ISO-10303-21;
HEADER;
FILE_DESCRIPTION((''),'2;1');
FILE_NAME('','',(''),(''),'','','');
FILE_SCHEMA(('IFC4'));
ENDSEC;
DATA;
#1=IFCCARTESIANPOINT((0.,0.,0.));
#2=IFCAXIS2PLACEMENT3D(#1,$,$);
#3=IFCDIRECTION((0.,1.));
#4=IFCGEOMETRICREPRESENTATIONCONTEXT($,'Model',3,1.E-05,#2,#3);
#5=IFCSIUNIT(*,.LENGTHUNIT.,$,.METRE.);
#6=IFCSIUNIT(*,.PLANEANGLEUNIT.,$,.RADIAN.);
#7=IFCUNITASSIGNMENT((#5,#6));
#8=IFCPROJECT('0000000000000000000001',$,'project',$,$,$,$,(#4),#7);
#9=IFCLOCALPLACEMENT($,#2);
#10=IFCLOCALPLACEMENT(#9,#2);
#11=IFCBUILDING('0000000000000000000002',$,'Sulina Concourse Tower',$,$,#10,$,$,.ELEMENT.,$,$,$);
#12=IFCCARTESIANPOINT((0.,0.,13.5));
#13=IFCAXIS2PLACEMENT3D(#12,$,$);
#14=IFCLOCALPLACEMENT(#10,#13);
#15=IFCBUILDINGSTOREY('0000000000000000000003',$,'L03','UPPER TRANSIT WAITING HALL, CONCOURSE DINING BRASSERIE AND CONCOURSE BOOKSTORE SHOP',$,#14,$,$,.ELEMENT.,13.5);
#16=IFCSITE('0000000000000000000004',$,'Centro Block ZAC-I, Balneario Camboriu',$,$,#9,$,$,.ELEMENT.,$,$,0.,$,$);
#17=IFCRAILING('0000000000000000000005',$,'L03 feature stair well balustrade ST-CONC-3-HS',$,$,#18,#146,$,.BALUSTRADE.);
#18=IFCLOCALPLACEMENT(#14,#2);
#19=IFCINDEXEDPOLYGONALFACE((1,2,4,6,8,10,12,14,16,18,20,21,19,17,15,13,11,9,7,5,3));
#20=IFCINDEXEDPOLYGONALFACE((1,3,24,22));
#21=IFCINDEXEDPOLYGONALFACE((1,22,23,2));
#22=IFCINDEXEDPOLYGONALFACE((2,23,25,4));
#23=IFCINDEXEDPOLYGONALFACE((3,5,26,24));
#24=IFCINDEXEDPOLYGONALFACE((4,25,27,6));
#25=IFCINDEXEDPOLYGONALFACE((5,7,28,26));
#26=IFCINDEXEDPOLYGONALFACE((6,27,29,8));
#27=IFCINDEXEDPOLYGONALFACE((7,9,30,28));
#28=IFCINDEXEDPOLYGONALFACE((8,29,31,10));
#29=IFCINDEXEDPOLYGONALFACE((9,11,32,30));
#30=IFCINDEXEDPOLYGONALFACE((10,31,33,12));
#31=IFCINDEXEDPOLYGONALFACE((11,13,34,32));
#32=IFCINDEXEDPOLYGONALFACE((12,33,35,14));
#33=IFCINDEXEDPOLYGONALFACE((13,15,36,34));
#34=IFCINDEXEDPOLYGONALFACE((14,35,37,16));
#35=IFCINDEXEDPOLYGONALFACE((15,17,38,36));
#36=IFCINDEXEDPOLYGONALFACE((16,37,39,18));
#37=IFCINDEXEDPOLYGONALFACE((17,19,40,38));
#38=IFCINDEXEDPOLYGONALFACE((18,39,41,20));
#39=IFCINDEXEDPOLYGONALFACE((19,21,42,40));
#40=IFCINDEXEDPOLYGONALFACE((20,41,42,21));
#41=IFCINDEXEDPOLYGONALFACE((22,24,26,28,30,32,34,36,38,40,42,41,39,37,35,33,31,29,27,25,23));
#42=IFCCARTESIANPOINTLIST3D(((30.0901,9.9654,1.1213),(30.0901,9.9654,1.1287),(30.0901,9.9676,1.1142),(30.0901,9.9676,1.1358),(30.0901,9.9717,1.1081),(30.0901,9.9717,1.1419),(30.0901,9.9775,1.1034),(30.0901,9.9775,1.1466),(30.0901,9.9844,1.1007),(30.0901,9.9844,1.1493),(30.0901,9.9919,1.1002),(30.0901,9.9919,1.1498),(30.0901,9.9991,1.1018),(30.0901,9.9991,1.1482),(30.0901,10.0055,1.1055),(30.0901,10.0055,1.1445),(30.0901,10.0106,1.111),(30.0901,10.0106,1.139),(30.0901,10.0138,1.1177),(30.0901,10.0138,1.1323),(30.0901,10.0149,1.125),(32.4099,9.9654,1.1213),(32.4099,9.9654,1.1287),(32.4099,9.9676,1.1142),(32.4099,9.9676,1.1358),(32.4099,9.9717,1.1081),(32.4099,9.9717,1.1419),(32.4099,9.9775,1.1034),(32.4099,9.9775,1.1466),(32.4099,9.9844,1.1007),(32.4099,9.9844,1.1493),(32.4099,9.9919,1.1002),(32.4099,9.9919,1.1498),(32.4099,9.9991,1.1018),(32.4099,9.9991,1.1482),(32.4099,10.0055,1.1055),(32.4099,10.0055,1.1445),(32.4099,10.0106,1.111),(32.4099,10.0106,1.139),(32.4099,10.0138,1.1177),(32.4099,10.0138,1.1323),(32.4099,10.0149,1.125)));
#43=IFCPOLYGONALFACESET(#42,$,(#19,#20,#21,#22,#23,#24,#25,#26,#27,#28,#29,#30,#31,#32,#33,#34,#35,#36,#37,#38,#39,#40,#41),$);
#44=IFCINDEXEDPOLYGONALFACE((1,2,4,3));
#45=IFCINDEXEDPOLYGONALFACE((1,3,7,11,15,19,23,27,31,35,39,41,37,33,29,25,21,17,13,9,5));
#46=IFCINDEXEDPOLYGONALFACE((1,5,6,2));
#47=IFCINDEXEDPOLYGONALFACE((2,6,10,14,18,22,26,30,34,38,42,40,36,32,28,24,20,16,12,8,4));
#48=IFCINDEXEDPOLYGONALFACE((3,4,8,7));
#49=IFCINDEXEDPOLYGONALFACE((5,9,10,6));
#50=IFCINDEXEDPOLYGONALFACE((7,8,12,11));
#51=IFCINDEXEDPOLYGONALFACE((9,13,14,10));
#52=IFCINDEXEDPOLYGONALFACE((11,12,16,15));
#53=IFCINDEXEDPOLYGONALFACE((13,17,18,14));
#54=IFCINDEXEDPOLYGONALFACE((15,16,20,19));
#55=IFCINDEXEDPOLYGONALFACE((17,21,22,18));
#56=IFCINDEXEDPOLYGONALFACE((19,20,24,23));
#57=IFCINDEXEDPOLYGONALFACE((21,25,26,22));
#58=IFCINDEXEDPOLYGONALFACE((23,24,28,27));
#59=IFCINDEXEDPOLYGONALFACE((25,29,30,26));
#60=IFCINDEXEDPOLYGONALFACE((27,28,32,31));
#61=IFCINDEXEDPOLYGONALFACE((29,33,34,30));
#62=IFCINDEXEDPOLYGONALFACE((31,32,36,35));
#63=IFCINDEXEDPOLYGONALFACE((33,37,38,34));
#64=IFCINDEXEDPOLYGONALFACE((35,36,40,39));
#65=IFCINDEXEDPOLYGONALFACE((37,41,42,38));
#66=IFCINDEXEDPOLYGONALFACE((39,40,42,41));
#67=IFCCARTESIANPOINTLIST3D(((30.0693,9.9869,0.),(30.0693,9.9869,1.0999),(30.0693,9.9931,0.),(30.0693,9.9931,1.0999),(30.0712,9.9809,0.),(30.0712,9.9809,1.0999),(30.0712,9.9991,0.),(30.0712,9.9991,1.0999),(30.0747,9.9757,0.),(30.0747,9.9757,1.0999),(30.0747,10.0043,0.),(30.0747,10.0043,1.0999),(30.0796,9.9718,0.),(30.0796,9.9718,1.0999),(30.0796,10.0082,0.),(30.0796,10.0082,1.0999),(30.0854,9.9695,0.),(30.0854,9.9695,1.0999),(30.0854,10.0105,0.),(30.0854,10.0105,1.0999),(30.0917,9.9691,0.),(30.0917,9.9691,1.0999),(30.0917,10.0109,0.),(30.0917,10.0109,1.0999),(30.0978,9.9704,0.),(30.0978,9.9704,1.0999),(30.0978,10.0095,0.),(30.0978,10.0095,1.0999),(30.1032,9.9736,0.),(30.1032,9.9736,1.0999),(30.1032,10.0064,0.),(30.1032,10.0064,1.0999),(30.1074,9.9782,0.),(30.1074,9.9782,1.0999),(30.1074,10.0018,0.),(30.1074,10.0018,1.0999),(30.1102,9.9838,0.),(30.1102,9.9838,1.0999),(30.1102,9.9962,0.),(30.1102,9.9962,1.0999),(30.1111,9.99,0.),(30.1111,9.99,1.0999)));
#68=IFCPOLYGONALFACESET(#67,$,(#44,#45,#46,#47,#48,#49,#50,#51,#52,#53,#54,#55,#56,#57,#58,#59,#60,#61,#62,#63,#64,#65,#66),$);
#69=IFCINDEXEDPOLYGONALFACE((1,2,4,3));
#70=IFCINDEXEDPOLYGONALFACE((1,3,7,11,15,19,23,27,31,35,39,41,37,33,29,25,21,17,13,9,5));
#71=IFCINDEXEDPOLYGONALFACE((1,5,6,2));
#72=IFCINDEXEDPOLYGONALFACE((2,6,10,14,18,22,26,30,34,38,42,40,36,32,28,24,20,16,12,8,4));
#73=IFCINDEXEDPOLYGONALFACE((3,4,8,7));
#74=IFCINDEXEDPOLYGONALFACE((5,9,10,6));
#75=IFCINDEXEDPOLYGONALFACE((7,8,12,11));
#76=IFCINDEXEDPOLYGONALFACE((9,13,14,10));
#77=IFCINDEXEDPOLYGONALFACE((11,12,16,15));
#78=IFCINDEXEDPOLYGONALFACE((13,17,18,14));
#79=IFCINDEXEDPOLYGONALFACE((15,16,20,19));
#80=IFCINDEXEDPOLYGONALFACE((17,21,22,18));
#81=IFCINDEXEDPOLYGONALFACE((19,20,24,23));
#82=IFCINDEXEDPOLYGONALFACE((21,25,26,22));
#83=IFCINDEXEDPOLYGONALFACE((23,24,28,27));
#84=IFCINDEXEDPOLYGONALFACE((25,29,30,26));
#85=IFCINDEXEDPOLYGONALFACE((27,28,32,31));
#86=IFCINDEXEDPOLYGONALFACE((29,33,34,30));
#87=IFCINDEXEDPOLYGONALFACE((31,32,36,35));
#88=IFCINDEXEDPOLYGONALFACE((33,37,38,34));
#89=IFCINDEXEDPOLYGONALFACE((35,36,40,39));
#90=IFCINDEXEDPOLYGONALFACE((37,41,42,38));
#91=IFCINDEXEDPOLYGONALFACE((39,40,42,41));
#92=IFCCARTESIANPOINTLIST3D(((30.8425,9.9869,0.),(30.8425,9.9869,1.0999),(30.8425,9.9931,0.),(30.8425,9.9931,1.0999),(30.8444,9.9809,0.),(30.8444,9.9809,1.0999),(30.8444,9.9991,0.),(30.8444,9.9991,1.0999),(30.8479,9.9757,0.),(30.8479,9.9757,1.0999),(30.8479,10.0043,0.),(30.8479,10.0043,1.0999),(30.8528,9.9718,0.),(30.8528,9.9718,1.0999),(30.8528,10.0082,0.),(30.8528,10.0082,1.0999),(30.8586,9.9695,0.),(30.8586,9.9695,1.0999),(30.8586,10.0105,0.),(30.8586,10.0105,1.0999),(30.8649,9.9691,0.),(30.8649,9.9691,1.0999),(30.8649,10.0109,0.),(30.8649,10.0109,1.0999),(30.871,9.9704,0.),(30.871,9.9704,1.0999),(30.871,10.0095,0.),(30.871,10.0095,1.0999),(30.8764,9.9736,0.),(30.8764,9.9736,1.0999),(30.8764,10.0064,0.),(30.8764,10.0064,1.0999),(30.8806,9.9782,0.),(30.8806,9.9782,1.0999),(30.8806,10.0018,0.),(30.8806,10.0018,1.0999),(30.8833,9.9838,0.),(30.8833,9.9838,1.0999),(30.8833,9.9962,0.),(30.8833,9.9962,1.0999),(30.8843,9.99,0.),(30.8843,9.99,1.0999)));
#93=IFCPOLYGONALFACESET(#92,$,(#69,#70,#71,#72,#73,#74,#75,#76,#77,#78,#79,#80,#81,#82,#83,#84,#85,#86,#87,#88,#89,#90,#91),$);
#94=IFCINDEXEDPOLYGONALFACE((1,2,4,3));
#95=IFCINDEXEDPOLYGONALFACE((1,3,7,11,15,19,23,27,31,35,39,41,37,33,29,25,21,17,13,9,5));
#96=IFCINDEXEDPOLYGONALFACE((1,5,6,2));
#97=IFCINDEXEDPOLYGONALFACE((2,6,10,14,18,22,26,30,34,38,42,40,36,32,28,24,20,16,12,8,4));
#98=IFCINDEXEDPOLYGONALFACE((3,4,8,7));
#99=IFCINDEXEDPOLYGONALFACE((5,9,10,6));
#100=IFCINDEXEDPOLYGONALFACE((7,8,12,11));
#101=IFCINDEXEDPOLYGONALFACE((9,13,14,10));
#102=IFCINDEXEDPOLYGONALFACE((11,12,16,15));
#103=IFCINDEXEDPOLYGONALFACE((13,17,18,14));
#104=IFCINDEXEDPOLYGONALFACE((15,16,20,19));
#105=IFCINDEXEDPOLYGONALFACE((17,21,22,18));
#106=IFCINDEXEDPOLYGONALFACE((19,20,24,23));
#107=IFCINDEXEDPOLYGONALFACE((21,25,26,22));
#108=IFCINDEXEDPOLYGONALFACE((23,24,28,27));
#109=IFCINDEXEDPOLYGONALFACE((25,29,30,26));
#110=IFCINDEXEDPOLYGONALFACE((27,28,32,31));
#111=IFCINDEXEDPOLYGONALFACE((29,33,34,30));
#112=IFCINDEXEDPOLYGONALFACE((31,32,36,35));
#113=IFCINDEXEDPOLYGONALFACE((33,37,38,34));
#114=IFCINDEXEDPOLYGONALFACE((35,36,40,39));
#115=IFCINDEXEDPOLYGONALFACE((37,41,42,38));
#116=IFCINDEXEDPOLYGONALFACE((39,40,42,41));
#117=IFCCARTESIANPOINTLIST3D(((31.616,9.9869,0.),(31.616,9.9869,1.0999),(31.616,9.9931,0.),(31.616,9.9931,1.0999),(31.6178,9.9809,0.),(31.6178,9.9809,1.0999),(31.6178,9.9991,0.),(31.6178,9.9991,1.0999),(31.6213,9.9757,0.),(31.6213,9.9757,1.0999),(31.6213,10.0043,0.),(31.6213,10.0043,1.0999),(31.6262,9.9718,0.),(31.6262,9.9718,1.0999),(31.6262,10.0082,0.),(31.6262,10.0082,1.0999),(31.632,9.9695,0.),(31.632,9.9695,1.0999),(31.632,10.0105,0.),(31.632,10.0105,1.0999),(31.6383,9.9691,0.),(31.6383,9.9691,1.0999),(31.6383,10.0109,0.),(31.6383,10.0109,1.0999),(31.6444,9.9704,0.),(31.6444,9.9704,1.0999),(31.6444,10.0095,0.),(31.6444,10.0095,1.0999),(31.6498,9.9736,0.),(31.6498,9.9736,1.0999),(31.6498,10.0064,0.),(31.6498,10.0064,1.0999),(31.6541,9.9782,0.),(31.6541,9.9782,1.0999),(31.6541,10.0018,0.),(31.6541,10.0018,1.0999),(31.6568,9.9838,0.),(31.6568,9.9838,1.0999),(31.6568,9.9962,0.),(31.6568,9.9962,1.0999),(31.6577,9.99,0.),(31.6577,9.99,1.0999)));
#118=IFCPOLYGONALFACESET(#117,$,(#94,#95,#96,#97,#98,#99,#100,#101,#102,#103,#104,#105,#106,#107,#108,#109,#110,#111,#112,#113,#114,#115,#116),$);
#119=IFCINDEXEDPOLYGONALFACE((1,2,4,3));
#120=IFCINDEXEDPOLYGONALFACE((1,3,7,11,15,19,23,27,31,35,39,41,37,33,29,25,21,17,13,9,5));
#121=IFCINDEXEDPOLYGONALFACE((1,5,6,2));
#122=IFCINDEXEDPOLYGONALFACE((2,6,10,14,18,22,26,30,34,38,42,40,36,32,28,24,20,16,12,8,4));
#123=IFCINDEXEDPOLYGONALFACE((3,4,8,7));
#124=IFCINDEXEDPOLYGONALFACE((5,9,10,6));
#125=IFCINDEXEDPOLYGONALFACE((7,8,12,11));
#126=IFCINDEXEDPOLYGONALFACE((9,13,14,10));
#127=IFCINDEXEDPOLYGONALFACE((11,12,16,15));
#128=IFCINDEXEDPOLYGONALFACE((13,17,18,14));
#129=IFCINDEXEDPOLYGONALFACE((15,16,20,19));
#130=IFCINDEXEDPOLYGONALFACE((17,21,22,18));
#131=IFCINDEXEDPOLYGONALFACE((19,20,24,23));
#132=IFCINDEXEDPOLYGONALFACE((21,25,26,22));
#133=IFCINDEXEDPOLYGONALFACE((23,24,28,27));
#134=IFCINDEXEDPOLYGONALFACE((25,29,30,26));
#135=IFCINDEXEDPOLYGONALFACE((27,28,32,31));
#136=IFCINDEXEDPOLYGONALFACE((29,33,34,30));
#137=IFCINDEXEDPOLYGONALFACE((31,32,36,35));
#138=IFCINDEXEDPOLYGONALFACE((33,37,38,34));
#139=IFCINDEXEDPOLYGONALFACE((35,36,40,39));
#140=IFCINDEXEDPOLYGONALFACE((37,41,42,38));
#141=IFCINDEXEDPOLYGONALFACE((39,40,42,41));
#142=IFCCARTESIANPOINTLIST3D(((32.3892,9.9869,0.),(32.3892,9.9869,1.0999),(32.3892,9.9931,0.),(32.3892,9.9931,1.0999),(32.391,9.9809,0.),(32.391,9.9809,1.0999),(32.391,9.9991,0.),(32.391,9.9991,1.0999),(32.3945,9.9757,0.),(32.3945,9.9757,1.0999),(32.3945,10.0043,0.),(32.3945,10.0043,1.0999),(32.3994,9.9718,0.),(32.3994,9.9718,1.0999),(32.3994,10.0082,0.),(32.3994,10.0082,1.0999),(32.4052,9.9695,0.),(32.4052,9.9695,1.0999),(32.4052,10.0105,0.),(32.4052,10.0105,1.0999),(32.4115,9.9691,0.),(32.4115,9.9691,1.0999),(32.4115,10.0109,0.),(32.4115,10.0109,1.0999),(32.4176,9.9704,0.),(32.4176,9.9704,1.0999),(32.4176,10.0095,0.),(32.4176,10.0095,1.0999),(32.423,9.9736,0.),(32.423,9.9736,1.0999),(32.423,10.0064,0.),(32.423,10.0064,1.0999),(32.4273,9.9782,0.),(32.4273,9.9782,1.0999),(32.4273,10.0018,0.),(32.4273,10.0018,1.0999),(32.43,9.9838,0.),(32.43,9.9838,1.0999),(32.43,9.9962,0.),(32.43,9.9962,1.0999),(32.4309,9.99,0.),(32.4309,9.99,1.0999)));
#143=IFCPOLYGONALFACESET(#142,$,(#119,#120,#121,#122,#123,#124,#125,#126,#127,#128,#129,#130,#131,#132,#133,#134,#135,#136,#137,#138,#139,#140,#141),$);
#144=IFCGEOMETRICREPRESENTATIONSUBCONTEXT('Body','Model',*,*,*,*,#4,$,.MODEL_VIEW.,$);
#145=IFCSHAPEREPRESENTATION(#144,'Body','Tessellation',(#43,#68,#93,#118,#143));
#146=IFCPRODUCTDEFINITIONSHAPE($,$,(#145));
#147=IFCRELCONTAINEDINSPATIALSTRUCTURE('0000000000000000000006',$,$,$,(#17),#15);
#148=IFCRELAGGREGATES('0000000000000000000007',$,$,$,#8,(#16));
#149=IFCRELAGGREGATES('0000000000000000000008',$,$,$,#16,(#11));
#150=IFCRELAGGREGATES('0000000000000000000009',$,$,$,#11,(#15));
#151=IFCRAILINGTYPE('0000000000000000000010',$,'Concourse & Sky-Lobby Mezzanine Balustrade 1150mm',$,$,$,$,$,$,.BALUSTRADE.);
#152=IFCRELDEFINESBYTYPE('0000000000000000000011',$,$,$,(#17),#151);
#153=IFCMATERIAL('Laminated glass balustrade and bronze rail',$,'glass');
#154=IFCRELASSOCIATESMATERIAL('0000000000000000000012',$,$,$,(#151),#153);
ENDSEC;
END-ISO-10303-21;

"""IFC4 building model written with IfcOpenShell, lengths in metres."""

from ifc_helpers import new_model, si_unit, direction, frame, origin, origin_2d, place, context, subcontext, project, spatial, circle, extrude, material, type_object, element, save


model = new_model("IFC4")

# Units and contexts
model_context = context("Model", 3, precision=1e-05, world=origin(), true_north=direction((0.0, 1.0)))
body_context = subcontext(model_context, "Body", "Model", "MODEL_VIEW")
ifc_project = project(units=[si_unit("LENGTHUNIT", "METRE"), si_unit("PLANEANGLEUNIT", "RADIAN")], contexts=[model_context])

# Site, building, storey
site_placement = place(None, origin())
site = spatial("IfcSite", under=ifc_project, at=site_placement, Name="Centro Block ZAC-I, Balneario Camboriu", CompositionType="ELEMENT", RefElevation=0.0)
building_placement = place(site_placement, origin())
building = spatial("IfcBuilding", under=site, at=building_placement, Name="Sulina Concourse Tower", CompositionType="ELEMENT")
storey_placement = place(building_placement, frame((0.0, 0.0, 13.5)))
storey = spatial("IfcBuildingStorey", under=building, at=storey_placement, Name="L03", Description="UPPER TRANSIT WAITING HALL, CONCOURSE DINING BRASSERIE AND CONCOURSE BOOKSTORE SHOP", CompositionType="ELEMENT", Elevation=13.5)

# Railing
ifc_material_1 = material(Name="Laminated glass balustrade and bronze rail", Category="glass")
railing_type = type_object("IfcRailingType", Name="Concourse & Sky-Lobby Mezzanine Balustrade 1150mm", PredefinedType="BALUSTRADE", material=ifc_material_1)
railing_placement = place(storey_placement, frame((30.0901, 9.99, 0.0)))
element("IfcRailing", 1, at=railing_placement, inside=storey, type_object=railing_type, Name="L03 feature stair well balustrade ST-CONC-3-HS", PredefinedType="BALUSTRADE", context=body_context, shape_type="SweptSolid", body=[
    extrude(circle(Radius=0.0249, at=origin_2d()), frame((0.0, 0.0, 1.125), z_axis=(1.0, 0.0, 0.0), x_axis=(0.0, 1.0, 0.0)), (0.0, 0.0, 1.0), 2.3198),
    extrude(circle(Radius=0.021, at=origin_2d()), origin(), (0.0, 0.0, 1.0), 1.0999),
    extrude(circle(Radius=0.021, at=origin_2d()), frame((0.7732, 0.0, 0.0)), (0.0, 0.0, 1.0), 1.0999),
    extrude(circle(Radius=0.021, at=origin_2d()), frame((1.5466, 0.0, 0.0)), (0.0, 0.0, 1.0), 1.0999),
    extrude(circle(Radius=0.021, at=origin_2d()), frame((2.3198, 0.0, 0.0)), (0.0, 0.0, 1.0), 1.0999),
])

save(model, "model.ifc")
